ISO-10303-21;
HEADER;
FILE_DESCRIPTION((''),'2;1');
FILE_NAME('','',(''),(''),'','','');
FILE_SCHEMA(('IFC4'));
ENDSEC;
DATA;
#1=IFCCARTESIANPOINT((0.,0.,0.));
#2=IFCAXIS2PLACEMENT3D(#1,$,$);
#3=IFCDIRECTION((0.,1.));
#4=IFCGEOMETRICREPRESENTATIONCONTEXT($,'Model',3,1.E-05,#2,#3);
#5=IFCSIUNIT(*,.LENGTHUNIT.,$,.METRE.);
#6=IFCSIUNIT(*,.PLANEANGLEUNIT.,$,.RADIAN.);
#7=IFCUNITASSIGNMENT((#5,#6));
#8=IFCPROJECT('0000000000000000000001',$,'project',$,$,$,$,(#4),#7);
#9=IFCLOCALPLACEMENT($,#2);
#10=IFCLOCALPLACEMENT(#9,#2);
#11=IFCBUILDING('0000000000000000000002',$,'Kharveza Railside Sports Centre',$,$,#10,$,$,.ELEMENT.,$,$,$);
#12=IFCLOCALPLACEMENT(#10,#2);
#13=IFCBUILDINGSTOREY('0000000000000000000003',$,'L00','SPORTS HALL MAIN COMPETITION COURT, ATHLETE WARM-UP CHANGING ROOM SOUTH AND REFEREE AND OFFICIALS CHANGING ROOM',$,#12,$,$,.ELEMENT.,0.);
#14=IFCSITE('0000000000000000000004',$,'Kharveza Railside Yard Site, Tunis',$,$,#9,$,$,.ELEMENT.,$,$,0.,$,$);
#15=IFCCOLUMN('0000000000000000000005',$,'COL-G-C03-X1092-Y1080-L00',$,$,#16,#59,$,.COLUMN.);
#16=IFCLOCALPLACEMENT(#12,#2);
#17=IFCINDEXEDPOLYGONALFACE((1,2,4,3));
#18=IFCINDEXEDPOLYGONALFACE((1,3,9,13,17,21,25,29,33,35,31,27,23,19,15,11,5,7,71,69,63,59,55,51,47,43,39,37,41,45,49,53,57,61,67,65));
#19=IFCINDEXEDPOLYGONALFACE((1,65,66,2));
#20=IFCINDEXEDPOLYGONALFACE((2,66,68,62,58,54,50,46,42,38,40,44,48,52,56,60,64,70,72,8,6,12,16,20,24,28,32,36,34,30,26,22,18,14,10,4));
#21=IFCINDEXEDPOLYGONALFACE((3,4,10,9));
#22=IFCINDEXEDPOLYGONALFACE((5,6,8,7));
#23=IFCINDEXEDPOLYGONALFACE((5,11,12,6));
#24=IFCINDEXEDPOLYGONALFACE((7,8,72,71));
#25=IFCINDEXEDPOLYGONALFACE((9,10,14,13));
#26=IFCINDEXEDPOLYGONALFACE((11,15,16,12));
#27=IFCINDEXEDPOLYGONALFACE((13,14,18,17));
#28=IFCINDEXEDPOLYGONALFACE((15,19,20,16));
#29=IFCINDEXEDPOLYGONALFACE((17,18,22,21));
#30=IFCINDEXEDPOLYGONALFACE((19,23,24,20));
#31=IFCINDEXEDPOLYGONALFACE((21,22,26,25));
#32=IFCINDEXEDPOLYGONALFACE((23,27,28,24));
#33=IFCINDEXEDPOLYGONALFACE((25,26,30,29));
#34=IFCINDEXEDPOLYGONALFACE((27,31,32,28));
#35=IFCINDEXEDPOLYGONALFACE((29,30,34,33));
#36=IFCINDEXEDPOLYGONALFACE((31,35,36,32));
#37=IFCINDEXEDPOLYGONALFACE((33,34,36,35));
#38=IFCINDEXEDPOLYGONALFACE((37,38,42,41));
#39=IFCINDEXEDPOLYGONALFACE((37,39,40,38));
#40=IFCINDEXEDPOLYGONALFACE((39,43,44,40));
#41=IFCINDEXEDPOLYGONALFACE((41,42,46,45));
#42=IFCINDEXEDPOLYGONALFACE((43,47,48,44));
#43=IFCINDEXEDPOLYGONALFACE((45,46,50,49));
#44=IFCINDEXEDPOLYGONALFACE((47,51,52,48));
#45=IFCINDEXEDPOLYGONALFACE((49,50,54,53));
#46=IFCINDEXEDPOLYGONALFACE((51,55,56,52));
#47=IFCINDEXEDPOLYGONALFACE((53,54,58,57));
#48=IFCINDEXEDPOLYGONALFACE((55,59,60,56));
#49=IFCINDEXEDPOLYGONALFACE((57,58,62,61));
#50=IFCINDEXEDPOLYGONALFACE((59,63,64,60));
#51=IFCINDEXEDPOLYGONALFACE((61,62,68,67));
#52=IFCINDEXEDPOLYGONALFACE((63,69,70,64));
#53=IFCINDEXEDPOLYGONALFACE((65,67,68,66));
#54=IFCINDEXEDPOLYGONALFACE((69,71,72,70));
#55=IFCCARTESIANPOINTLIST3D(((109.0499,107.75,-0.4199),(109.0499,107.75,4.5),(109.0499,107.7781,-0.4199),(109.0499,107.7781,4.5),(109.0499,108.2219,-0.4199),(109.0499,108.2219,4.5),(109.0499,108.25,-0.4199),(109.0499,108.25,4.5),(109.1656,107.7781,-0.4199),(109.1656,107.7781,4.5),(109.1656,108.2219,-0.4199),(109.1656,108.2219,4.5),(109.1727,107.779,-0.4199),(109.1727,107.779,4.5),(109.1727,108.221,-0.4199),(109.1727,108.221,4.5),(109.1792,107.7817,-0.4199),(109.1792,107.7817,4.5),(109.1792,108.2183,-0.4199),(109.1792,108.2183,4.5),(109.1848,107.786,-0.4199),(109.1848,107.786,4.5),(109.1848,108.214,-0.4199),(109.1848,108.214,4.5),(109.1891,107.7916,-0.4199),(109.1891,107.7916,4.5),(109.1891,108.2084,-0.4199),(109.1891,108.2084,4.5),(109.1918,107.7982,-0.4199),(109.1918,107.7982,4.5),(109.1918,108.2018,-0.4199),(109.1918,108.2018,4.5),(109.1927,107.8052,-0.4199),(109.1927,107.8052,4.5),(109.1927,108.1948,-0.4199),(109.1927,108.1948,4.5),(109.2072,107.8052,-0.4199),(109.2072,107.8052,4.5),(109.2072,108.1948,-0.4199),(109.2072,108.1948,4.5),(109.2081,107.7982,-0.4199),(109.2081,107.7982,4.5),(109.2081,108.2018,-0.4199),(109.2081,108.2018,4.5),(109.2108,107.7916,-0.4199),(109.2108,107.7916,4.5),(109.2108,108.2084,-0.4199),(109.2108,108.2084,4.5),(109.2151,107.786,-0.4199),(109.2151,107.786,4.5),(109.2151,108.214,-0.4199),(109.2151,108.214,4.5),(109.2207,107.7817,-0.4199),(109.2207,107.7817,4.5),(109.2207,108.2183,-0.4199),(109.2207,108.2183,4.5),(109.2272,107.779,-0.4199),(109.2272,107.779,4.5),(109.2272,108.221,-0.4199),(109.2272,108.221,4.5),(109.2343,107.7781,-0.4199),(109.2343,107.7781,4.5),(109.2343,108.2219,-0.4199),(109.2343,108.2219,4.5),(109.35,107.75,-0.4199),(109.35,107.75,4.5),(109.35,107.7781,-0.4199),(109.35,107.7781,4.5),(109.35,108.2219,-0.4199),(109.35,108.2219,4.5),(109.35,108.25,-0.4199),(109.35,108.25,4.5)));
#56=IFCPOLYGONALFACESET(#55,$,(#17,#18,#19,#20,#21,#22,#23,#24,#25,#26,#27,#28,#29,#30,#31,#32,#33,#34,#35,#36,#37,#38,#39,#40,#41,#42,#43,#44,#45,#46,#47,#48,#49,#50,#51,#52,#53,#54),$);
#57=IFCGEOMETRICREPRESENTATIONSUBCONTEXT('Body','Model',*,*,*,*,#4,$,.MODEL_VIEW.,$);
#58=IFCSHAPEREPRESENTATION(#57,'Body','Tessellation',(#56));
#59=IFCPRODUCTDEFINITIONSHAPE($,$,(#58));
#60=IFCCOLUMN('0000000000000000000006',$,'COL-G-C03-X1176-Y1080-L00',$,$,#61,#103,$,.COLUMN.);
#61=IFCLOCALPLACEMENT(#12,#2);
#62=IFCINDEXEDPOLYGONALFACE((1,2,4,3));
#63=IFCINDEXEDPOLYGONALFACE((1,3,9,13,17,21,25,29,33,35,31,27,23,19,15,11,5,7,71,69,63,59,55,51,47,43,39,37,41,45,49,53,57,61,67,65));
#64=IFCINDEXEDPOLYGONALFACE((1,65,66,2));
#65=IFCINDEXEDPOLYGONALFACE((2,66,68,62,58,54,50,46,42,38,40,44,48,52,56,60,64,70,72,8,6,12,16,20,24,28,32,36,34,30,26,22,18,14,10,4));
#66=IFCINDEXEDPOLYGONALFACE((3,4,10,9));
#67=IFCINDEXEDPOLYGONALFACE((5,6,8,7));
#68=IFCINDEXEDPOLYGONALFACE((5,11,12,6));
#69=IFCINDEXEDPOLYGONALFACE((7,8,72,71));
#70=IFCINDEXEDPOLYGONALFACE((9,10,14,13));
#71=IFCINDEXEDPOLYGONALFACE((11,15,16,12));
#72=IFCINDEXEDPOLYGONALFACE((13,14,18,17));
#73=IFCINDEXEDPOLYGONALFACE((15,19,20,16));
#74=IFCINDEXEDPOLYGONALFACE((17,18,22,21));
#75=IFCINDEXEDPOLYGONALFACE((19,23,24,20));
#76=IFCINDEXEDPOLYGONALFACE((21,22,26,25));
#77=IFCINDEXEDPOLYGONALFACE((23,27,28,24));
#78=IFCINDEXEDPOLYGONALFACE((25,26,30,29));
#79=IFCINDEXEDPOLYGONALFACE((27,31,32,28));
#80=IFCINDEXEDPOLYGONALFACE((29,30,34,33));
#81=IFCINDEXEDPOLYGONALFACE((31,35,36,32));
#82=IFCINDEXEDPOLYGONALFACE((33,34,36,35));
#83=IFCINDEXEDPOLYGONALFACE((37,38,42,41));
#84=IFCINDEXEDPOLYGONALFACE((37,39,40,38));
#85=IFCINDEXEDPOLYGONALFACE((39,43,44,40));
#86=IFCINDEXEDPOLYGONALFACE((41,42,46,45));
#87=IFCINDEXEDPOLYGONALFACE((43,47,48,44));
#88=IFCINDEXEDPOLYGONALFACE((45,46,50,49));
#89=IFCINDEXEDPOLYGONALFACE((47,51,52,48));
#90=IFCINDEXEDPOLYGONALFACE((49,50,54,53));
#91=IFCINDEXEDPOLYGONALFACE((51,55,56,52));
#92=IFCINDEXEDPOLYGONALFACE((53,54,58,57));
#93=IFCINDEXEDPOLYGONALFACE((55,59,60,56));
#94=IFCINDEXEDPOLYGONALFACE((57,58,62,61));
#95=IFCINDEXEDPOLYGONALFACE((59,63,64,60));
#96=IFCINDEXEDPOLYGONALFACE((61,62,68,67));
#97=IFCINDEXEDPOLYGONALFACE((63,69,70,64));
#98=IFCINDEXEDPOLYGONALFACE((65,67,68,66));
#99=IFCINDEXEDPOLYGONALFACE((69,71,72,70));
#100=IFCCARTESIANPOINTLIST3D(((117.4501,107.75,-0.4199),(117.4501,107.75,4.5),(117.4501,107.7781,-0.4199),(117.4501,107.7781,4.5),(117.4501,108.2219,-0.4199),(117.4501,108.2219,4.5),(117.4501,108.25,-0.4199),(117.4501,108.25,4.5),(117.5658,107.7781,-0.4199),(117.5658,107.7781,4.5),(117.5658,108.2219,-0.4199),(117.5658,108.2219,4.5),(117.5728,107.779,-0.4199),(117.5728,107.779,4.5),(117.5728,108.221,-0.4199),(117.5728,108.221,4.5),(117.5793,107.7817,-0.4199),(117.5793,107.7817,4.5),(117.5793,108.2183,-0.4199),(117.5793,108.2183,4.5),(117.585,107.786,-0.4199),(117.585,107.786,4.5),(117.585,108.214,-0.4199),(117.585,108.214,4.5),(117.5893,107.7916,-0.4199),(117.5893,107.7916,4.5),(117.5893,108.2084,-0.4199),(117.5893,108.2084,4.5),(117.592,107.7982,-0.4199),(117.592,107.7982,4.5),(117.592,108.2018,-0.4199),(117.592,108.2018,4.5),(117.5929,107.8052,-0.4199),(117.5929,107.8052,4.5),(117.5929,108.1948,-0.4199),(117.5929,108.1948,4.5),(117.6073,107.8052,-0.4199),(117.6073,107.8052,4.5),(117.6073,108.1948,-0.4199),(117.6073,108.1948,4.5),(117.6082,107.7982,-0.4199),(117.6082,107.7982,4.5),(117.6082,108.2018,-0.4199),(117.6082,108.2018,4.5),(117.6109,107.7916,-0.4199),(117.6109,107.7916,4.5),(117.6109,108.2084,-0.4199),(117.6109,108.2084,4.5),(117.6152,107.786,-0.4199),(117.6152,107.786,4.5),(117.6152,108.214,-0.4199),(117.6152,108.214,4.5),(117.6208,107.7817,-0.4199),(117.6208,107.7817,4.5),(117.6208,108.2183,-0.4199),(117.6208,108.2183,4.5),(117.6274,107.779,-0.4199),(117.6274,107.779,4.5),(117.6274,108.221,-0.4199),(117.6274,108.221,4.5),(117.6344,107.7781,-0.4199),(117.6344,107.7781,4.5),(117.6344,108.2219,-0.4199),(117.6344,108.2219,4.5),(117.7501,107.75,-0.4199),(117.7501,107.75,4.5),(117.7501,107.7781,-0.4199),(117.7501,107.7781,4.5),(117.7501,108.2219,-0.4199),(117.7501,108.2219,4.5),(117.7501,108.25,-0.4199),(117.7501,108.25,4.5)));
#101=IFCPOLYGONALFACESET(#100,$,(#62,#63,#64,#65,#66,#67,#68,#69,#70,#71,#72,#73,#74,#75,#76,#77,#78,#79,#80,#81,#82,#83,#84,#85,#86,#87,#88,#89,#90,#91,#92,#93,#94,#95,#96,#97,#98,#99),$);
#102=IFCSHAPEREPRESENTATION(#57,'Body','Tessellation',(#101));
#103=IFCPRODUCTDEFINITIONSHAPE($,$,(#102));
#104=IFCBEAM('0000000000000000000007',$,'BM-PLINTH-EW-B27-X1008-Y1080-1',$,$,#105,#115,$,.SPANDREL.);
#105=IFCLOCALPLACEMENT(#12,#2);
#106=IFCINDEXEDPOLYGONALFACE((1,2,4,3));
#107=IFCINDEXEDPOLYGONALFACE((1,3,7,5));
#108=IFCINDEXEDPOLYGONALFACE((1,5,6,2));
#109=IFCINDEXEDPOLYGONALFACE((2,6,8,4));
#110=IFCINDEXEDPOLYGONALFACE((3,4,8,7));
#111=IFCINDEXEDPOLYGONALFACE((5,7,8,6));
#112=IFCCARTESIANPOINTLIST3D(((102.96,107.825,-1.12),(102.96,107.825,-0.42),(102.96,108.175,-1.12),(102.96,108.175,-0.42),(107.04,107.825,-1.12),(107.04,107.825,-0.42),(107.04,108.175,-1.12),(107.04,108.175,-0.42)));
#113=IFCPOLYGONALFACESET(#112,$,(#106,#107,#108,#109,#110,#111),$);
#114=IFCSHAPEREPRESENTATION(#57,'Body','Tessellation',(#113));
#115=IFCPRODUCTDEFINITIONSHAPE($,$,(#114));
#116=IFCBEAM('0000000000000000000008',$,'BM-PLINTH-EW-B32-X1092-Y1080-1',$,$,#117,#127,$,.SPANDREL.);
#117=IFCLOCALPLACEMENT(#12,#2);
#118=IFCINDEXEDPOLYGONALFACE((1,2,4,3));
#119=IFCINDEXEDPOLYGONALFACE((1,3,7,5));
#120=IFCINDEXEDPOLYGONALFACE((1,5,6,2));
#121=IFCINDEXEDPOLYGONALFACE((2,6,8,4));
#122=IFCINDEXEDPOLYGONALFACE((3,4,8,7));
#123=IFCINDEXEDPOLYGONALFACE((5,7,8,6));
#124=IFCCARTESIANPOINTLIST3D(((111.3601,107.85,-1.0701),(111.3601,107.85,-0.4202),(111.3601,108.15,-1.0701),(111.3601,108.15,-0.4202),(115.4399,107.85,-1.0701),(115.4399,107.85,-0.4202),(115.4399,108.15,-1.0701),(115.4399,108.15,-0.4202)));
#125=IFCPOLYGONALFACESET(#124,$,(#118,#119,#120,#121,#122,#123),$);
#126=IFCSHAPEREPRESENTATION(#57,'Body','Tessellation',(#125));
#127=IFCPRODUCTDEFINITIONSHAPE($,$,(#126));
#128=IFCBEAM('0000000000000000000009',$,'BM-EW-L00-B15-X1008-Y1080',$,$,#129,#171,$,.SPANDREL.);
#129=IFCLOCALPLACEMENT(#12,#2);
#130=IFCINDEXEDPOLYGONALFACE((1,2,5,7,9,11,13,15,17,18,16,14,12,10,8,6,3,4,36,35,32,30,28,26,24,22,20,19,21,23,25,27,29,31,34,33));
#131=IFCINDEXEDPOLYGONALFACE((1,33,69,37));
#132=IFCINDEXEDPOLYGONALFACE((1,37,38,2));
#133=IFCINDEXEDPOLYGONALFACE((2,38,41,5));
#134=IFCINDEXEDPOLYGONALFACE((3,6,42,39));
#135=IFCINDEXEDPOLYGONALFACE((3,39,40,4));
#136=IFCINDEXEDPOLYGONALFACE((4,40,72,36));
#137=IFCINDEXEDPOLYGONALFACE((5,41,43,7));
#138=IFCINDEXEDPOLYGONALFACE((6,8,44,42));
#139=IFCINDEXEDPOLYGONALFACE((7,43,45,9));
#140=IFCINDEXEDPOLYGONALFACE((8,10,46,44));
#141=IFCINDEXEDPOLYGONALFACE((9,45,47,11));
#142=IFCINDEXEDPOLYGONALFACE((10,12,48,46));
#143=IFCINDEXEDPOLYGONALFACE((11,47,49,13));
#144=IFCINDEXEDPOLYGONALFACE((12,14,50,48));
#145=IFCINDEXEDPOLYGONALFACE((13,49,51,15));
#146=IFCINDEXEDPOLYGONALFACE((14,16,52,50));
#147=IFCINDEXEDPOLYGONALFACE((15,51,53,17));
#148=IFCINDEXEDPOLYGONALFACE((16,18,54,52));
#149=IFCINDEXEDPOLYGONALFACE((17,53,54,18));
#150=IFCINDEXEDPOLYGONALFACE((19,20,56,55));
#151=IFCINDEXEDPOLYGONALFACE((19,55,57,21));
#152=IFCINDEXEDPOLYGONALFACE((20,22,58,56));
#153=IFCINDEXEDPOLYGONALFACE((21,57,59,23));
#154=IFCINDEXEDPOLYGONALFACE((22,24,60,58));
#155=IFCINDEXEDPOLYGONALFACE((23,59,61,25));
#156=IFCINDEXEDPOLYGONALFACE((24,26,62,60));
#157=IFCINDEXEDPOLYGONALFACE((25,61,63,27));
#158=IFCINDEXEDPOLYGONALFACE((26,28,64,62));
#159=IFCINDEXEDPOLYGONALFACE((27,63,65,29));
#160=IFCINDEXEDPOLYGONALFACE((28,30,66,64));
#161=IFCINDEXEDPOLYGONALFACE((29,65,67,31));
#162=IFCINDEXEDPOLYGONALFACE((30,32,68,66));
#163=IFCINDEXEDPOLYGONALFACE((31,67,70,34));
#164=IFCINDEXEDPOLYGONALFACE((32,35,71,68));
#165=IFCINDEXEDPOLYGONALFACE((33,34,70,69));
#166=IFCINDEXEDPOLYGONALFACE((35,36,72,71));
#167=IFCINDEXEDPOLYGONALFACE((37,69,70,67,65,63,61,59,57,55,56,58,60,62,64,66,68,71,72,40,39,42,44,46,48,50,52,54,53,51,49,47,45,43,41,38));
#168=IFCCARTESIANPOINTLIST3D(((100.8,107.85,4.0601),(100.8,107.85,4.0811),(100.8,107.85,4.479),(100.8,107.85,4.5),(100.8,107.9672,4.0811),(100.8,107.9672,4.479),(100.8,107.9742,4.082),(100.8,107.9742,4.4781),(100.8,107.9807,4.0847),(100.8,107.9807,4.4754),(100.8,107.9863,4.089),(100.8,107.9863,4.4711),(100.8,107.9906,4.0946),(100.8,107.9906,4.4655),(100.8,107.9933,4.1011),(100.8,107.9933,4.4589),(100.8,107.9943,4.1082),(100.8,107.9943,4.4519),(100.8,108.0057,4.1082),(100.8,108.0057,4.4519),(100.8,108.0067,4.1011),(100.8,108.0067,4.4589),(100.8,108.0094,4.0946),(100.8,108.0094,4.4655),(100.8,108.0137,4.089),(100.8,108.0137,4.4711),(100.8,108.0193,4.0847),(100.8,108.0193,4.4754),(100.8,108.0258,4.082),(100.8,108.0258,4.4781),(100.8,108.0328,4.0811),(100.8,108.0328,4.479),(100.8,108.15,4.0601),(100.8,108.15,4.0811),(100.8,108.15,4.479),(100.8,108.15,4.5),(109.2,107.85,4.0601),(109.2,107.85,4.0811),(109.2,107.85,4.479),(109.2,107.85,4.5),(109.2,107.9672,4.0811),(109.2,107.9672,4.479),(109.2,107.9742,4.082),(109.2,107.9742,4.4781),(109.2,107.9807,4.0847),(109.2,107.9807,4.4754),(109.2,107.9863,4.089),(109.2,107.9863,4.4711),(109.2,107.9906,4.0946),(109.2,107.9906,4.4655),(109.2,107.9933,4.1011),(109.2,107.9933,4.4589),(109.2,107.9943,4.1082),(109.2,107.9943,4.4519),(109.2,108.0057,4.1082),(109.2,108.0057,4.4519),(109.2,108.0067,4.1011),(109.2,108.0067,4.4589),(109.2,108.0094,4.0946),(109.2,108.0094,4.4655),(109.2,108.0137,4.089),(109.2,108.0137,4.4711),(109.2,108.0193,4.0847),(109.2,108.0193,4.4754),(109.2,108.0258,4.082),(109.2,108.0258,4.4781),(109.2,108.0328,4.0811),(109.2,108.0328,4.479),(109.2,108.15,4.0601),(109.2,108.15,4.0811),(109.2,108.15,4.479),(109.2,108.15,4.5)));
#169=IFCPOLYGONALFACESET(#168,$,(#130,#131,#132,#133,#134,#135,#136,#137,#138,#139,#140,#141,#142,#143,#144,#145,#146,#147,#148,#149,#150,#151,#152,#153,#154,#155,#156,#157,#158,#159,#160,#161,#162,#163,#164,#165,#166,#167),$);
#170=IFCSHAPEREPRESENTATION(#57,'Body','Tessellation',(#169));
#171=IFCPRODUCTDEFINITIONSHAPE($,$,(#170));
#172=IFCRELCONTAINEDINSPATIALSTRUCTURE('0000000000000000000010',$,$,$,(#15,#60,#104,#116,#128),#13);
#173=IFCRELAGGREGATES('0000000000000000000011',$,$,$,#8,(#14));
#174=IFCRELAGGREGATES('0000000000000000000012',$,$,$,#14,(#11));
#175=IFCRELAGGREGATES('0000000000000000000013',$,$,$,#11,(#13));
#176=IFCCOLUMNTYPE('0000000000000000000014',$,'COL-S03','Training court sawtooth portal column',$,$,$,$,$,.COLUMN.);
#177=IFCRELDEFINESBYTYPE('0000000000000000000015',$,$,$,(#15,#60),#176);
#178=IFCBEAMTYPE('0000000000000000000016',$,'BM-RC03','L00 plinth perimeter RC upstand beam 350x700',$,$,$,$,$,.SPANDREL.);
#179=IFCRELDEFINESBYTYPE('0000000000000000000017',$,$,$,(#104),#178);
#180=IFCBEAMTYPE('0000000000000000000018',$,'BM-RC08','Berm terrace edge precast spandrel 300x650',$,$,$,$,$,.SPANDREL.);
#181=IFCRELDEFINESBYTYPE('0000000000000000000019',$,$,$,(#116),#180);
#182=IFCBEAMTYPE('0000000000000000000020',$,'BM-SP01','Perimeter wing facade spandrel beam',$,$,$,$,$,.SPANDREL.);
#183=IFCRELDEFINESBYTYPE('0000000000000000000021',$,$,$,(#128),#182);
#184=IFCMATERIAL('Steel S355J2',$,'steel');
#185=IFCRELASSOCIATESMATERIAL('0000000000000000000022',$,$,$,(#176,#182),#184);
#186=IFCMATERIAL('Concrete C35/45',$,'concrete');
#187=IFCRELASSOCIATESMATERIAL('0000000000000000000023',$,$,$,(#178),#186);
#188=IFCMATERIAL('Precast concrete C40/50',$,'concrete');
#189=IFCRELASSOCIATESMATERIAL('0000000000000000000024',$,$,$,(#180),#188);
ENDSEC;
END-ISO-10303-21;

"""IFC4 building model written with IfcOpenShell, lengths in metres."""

from ifc_helpers import new_model, si_unit, direction, frame, origin, origin_2d, place, context, subcontext, project, spatial, rectangle, i_section, extrude, material, material_profile, profile_set, type_object, element, save


model = new_model("IFC4")

# Units and contexts
model_context = context("Model", 3, precision=1e-05, world=origin(), true_north=direction((0.0, 1.0)))
body_context = subcontext(model_context, "Body", "Model", "MODEL_VIEW")
ifc_project = project(units=[si_unit("LENGTHUNIT", "METRE"), si_unit("PLANEANGLEUNIT", "RADIAN")], contexts=[model_context])

# Site, building, storey
site_placement = place(None, origin())
site = spatial("IfcSite", under=ifc_project, at=site_placement, Name="Kharveza Railside Yard Site, Tunis", CompositionType="ELEMENT", RefElevation=0.0)
building_placement = place(site_placement, origin())
building = spatial("IfcBuilding", under=site, at=building_placement, Name="Kharveza Railside Sports Centre", CompositionType="ELEMENT")
storey_placement = place(building_placement, origin())
storey = spatial("IfcBuildingStorey", under=building, at=storey_placement, Name="L00", Description="SPORTS HALL MAIN COMPETITION COURT, ATHLETE WARM-UP CHANGING ROOM SOUTH AND REFEREE AND OFFICIALS CHANGING ROOM", CompositionType="ELEMENT", Elevation=0.0)

# Shared definitions
ifc_material_1 = material(Name="Concrete C35/45", Category="concrete")

# Columns
ifc_material_2 = material(Name="Steel S355J2", Category="steel")
ifc_material_profile_1 = material_profile(ifc_material_2, i_section(OverallWidth=0.3, OverallDepth=0.5, WebThickness=0.0144, FlangeThickness=0.0281, FilletRadius=0.0271, at=origin_2d()), Name="HEB 500")
ifc_profile_set_1 = profile_set([ifc_material_profile_1], Name="Steel S355J2")
column_type_1 = type_object("IfcColumnType", Name="COL-S03", Description="Training court sawtooth portal column", PredefinedType="COLUMN", material=ifc_profile_set_1)
for number, where, z_axis, x_axis, name in (
    (1, (109.2, 108.0, -0.4199), (0.0, 0.0, 1.0), (1.0, 0.0, 0.0), "COL-G-C03-X1092-Y1080-L00"),
    (2, (117.6001, 108.0, -0.4199), (0.0, 0.0, 1.0), (1.0, 0.0, 0.0), "COL-G-C03-X1176-Y1080-L00"),
):
    element("IfcColumn", number, at=place(storey_placement, frame(where, z_axis=z_axis, x_axis=x_axis)), inside=storey, type_object=column_type_1, Name=name, PredefinedType="COLUMN", context=body_context, shape_type="SweptSolid", body=[
        extrude(i_section(OverallWidth=0.3, OverallDepth=0.5, WebThickness=0.0144, FlangeThickness=0.0281, FilletRadius=0.0271, at=origin_2d()), origin(), (0.0, 0.0, 1.0), 4.9199),
    ])

# Beams
ifc_material_profile_2 = material_profile(ifc_material_1, rectangle(XDim=0.3501, YDim=0.7, at=origin_2d()), Name="RCB 350x700")
ifc_profile_set_2 = profile_set([ifc_material_profile_2], Name="Concrete C35/45")
beam_type_1 = type_object("IfcBeamType", Name="BM-RC03", Description="L00 plinth perimeter RC upstand beam 350x700", PredefinedType="SPANDREL", material=ifc_profile_set_2)
beam_1_placement = place(storey_placement, frame((102.96, 108.0, -0.77), z_axis=(1.0, 0.0, 0.0), x_axis=(0.0, 1.0, 0.0)))
element("IfcBeam", 3, at=beam_1_placement, inside=storey, type_object=beam_type_1, Name="BM-PLINTH-EW-B27-X1008-Y1080-1", PredefinedType="SPANDREL", context=body_context, shape_type="SweptSolid", body=[
    extrude(rectangle(XDim=0.3501, YDim=0.7, at=origin_2d()), origin(), (0.0, 0.0, 1.0), 4.0801),
])
ifc_material_3 = material(Name="Precast concrete C40/50", Category="concrete")
ifc_material_profile_3 = material_profile(ifc_material_3, rectangle(XDim=0.3, YDim=0.6499, at=origin_2d()), Name="RCB 300x650")
ifc_profile_set_3 = profile_set([ifc_material_profile_3], Name="Precast concrete C40/50")
beam_type_2 = type_object("IfcBeamType", Name="BM-RC08", Description="Berm terrace edge precast spandrel 300x650", PredefinedType="SPANDREL", material=ifc_profile_set_3)
beam_2_placement = place(storey_placement, frame((111.3601, 108.0, -0.7451), z_axis=(1.0, 0.0, 0.0), x_axis=(0.0, 1.0, 0.0)))
element("IfcBeam", 4, at=beam_2_placement, inside=storey, type_object=beam_type_2, Name="BM-PLINTH-EW-B32-X1092-Y1080-1", PredefinedType="SPANDREL", context=body_context, shape_type="SweptSolid", body=[
    extrude(rectangle(XDim=0.3, YDim=0.6499, at=origin_2d()), origin(), (0.0, 0.0, 1.0), 4.0798),
])
ifc_material_profile_4 = material_profile(ifc_material_2, i_section(OverallWidth=0.3, OverallDepth=0.4399, WebThickness=0.0115, FlangeThickness=0.021, FilletRadius=0.0271, at=origin_2d()), Name="HEA 450")
ifc_profile_set_4 = profile_set([ifc_material_profile_4], Name="Steel S355J2")
beam_type_3 = type_object("IfcBeamType", Name="BM-SP01", Description="Perimeter wing facade spandrel beam", PredefinedType="SPANDREL", material=ifc_profile_set_4)
beam_3_placement = place(storey_placement, frame((100.8, 108.0, 4.28), z_axis=(1.0, 0.0, 0.0), x_axis=(0.0, 1.0, 0.0)))
element("IfcBeam", 5, at=beam_3_placement, inside=storey, type_object=beam_type_3, Name="BM-EW-L00-B15-X1008-Y1080", PredefinedType="SPANDREL", context=body_context, shape_type="SweptSolid", body=[
    extrude(i_section(OverallWidth=0.3, OverallDepth=0.4399, WebThickness=0.0115, FlangeThickness=0.021, FilletRadius=0.0271, at=origin_2d()), origin(), (0.0, 0.0, 1.0), 8.3999),
])

save(model, "model.ifc")
